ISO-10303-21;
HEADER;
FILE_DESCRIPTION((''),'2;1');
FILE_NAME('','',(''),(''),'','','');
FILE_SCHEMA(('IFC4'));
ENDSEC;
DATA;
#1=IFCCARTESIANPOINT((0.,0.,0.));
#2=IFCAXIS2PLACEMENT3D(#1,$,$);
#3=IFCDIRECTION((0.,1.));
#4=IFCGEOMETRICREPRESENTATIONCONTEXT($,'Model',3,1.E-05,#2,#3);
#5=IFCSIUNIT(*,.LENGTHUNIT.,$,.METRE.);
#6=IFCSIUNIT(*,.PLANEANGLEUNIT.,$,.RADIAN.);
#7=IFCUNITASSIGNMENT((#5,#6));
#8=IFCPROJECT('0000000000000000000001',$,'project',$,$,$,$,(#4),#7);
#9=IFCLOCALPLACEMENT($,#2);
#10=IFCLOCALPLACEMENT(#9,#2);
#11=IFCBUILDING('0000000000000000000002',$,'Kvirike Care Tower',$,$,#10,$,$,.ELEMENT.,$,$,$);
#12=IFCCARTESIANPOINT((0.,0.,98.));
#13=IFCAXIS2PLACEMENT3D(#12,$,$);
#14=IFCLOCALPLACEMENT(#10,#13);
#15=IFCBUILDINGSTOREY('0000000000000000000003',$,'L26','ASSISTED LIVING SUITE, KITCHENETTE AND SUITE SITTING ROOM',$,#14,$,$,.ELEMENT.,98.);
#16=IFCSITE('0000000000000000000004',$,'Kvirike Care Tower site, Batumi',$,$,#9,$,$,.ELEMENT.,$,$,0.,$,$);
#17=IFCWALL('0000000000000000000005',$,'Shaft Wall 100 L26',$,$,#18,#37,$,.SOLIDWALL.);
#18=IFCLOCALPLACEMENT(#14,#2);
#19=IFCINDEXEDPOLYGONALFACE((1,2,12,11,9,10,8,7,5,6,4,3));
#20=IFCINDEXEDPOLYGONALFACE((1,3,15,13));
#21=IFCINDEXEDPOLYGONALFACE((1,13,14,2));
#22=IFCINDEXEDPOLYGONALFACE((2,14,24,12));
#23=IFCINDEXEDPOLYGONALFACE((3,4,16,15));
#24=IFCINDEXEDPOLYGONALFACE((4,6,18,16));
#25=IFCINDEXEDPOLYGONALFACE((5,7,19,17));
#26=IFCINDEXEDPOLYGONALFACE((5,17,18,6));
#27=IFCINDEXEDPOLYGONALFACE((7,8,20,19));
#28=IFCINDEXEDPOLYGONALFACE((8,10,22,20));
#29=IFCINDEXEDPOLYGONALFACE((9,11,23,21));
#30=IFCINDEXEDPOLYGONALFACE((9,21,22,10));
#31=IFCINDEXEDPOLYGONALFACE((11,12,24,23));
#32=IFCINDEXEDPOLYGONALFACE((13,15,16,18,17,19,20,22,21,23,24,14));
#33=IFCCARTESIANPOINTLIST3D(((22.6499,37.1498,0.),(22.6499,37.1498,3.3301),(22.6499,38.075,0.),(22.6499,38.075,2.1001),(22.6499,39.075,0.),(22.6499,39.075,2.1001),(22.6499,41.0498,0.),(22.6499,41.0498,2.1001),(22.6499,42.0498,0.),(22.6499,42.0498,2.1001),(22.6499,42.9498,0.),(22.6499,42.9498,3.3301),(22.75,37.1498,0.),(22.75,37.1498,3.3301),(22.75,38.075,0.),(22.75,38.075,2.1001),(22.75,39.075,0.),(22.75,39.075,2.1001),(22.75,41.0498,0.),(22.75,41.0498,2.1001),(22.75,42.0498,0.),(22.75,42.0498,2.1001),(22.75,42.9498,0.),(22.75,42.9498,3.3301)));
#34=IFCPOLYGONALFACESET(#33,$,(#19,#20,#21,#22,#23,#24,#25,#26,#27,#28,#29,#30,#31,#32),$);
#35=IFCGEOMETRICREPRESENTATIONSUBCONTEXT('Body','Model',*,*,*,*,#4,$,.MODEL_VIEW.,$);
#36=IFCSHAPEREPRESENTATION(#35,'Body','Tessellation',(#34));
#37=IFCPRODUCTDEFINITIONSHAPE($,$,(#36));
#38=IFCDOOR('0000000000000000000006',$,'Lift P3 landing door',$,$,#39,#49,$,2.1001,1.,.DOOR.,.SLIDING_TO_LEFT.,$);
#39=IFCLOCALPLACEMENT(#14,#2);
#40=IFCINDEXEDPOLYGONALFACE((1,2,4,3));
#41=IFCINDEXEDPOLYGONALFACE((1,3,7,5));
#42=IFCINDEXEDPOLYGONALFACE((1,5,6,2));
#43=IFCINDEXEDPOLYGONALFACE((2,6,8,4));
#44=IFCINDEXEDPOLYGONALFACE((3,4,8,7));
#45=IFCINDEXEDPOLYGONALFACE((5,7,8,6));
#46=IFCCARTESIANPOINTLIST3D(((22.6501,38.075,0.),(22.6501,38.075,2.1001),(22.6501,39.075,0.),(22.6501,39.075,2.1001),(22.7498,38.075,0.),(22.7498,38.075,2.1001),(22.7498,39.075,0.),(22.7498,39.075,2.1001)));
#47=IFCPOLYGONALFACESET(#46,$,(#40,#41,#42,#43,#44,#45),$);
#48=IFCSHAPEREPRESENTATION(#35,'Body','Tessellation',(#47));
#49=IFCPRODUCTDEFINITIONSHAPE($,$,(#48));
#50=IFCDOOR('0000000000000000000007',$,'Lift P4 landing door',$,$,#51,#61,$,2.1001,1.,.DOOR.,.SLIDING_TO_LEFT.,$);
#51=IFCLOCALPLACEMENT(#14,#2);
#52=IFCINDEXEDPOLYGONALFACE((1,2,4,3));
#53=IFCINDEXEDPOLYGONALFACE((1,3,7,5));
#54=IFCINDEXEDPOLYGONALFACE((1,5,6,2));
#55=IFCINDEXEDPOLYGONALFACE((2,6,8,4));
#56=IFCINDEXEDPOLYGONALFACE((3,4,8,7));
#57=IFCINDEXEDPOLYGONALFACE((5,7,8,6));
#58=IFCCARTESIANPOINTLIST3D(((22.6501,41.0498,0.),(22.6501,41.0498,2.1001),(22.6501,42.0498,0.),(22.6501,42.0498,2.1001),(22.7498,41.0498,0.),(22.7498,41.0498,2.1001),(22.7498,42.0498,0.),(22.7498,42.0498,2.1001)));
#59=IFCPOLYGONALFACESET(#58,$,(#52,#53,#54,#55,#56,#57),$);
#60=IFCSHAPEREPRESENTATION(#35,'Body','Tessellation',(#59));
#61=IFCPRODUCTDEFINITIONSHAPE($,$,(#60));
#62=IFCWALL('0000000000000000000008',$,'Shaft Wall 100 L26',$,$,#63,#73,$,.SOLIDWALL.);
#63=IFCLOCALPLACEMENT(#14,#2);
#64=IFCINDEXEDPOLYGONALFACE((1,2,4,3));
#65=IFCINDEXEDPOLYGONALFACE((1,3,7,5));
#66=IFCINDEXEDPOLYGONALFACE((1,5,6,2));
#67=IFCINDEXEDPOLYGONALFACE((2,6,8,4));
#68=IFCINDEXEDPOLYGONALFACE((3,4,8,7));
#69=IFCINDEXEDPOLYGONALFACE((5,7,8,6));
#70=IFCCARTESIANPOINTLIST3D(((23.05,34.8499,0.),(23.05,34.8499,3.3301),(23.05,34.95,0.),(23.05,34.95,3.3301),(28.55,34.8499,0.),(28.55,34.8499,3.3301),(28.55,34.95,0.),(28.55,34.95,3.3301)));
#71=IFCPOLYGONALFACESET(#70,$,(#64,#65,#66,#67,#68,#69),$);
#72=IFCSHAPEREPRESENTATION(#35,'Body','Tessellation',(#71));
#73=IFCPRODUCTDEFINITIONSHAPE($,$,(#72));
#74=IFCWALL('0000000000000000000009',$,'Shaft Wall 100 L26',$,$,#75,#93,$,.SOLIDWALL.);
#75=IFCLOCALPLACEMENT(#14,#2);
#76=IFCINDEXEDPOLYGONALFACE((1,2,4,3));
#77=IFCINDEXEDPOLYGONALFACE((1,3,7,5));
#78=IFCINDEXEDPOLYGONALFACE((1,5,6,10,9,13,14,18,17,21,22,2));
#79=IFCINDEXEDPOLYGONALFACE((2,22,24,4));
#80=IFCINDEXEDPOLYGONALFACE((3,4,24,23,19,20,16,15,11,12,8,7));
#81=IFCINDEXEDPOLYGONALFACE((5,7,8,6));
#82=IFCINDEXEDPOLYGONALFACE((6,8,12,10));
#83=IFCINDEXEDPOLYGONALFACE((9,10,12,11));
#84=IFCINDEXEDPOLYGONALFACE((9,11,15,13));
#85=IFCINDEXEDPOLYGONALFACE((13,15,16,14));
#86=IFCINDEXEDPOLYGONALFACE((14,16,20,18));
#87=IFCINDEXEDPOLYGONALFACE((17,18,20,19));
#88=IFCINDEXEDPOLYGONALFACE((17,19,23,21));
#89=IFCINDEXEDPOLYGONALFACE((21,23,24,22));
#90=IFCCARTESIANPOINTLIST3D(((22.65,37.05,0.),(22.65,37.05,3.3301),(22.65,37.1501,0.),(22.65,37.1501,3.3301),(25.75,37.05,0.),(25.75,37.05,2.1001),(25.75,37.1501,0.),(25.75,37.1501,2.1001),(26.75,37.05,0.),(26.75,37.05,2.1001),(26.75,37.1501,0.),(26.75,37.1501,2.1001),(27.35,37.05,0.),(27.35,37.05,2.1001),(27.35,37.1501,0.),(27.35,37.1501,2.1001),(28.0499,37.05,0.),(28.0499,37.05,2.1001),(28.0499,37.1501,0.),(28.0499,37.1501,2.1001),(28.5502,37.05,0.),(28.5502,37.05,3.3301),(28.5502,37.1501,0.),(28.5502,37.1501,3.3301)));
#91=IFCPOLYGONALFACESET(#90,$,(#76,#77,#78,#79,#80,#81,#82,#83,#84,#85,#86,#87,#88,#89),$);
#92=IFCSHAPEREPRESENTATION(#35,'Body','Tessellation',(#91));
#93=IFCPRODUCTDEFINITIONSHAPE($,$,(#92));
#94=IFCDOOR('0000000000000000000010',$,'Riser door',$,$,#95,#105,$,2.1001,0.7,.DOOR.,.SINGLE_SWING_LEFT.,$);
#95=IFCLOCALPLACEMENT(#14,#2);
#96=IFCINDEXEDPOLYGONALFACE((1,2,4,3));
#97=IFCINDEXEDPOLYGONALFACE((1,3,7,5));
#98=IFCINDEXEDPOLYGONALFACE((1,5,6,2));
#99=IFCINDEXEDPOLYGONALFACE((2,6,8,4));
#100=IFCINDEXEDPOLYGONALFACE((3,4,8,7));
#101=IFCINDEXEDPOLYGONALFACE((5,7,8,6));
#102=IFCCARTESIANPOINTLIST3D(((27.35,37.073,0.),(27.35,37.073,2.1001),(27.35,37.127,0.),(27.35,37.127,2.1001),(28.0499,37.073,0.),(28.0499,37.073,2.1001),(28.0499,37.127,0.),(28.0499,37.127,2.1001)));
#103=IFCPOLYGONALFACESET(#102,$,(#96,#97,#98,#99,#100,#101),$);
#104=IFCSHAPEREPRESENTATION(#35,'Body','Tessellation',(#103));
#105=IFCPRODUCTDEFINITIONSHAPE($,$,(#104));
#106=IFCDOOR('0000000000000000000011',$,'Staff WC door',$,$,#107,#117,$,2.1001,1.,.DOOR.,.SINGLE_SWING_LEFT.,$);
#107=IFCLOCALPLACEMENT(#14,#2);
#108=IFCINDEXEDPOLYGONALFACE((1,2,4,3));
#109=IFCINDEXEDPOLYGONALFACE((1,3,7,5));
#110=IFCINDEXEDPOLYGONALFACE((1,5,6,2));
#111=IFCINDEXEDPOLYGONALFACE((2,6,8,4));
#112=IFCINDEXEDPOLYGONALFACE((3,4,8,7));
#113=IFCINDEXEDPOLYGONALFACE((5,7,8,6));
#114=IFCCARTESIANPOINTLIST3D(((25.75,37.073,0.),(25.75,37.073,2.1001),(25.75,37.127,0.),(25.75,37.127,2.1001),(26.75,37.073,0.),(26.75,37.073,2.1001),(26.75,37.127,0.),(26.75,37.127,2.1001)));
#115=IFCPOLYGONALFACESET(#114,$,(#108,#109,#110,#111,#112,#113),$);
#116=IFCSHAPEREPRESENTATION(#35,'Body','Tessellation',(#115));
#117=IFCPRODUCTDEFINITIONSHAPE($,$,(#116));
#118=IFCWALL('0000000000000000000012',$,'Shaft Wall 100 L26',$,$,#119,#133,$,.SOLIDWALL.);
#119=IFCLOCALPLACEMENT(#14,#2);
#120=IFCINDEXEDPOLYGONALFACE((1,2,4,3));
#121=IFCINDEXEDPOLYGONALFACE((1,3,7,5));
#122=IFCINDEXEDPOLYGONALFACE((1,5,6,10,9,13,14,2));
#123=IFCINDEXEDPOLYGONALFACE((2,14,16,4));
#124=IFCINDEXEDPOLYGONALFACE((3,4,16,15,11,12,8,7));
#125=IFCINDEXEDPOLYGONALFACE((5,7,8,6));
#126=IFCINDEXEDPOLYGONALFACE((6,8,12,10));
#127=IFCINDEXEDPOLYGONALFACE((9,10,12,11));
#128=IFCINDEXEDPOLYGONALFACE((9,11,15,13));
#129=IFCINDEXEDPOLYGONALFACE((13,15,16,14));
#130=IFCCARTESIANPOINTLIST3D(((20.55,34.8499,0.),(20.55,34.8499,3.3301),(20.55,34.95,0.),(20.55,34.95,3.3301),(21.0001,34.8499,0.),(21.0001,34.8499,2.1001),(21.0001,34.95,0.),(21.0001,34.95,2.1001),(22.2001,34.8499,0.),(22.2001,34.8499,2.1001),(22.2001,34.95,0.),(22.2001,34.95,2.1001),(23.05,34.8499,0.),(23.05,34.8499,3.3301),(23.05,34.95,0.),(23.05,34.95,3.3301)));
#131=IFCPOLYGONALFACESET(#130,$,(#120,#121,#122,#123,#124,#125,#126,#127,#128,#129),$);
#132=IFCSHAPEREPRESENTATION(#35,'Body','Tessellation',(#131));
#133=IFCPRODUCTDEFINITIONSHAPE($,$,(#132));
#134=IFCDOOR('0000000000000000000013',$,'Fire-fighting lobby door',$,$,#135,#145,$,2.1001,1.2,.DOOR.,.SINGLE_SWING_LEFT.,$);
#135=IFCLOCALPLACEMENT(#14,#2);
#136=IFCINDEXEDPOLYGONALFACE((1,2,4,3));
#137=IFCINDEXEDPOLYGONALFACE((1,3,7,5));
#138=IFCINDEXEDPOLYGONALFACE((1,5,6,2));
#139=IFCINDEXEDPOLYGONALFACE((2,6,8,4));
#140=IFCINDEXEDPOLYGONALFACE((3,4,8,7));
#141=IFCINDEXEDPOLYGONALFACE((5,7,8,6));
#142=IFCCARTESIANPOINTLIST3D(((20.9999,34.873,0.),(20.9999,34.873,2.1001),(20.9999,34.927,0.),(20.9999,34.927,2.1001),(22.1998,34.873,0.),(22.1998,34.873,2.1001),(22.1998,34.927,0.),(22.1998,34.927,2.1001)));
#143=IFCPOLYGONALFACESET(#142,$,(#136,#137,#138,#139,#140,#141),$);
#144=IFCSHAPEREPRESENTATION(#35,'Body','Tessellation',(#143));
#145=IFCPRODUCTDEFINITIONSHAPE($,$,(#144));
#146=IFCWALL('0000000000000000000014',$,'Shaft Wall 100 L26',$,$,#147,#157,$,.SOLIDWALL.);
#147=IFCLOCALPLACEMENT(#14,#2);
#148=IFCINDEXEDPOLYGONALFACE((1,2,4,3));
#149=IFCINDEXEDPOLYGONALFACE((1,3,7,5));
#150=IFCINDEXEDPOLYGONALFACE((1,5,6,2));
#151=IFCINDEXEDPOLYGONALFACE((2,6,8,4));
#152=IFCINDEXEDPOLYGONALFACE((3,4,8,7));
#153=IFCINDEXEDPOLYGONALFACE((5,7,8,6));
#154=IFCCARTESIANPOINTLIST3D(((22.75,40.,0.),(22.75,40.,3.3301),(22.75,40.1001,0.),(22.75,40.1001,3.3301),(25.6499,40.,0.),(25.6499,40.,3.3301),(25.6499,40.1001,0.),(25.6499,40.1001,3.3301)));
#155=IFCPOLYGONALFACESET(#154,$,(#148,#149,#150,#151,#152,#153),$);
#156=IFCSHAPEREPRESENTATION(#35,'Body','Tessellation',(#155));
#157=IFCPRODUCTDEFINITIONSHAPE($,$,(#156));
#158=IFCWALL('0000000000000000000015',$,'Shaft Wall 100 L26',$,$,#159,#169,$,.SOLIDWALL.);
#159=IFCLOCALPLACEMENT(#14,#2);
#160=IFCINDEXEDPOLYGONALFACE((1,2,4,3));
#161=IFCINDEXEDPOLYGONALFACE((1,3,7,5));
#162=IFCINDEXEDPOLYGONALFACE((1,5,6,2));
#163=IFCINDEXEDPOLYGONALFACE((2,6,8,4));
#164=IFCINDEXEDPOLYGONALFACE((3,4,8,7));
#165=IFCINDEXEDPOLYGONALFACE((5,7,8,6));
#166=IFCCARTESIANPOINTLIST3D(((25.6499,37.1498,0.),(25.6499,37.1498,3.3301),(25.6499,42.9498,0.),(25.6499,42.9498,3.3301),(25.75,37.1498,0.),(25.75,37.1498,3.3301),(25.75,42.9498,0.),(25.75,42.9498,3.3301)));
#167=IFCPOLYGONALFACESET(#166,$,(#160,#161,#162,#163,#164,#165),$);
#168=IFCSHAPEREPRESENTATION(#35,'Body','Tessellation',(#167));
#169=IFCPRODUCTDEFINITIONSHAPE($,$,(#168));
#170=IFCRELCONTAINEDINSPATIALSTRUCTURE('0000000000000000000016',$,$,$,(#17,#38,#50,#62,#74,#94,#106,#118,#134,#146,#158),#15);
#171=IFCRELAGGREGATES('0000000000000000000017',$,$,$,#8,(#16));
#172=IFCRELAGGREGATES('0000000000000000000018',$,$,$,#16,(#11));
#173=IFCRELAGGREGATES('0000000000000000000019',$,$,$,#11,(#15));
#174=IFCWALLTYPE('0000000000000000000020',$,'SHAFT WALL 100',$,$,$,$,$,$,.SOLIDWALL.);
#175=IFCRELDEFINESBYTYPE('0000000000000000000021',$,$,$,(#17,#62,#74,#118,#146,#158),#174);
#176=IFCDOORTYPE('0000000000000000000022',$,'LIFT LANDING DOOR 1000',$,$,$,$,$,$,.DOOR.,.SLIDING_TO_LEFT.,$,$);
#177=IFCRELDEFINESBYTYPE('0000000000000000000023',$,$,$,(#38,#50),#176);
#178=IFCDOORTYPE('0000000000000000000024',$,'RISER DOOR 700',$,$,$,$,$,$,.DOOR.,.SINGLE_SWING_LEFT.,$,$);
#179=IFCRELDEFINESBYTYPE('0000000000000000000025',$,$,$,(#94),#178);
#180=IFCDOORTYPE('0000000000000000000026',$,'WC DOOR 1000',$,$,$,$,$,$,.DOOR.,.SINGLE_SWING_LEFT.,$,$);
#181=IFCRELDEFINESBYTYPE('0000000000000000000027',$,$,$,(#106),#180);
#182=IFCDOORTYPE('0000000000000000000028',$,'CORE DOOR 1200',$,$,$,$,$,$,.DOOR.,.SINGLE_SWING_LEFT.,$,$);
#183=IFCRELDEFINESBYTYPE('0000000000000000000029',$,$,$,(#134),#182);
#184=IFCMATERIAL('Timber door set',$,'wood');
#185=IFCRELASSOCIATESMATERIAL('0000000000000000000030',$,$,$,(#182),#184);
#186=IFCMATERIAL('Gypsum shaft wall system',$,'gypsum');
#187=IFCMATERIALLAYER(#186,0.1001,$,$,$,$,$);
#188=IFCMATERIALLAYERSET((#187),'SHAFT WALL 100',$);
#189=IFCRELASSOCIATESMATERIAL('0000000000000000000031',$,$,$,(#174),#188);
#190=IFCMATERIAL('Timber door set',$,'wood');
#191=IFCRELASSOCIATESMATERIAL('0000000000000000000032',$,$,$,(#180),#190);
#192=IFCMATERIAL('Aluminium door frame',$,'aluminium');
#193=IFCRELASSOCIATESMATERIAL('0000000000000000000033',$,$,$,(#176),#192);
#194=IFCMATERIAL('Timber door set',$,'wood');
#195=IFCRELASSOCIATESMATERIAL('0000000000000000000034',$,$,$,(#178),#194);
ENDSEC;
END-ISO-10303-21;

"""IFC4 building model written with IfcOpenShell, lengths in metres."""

from ifc_helpers import new_model, si_unit, direction, frame, frame_2d, origin, place, context, subcontext, project, spatial, rectangle, extrude, material, layer, layer_set, type_object, element, fill, save


model = new_model("IFC4")

# Units and contexts
model_context = context("Model", 3, precision=1e-05, world=origin(), true_north=direction((0.0, 1.0)))
body_context = subcontext(model_context, "Body", "Model", "MODEL_VIEW")
ifc_project = project(units=[si_unit("LENGTHUNIT", "METRE"), si_unit("PLANEANGLEUNIT", "RADIAN")], contexts=[model_context])

# Site, building, storey
site_placement = place(None, origin())
site = spatial("IfcSite", under=ifc_project, at=site_placement, Name="Kvirike Care Tower site, Batumi", CompositionType="ELEMENT", RefElevation=0.0)
building_placement = place(site_placement, origin())
building = spatial("IfcBuilding", under=site, at=building_placement, Name="Kvirike Care Tower", CompositionType="ELEMENT")
storey_placement = place(building_placement, frame((0.0, 0.0, 98.0)))
storey = spatial("IfcBuildingStorey", under=building, at=storey_placement, Name="L26", Description="ASSISTED LIVING SUITE, KITCHENETTE AND SUITE SITTING ROOM", CompositionType="ELEMENT", Elevation=98.0)

# Shared definitions
ifc_material_1 = material(Name="Timber door set", Category="wood")
door_type_1 = type_object("IfcDoorType", Name="CORE DOOR 1200", OperationType="SINGLE_SWING_LEFT", PredefinedType="DOOR", material=ifc_material_1)

# Shared definitions
ifc_material_2 = material(Name="Gypsum shaft wall system", Category="gypsum")
ifc_layer_1 = layer(ifc_material_2, 0.1001)
ifc_layer_set_1 = layer_set([ifc_layer_1], Name="SHAFT WALL 100")
wall_type_1 = type_object("IfcWallType", Name="SHAFT WALL 100", PredefinedType="SOLIDWALL", material=ifc_layer_set_1)

# Shared definitions
ifc_material_3 = material(Name="Timber door set", Category="wood")
door_type_2 = type_object("IfcDoorType", Name="WC DOOR 1000", OperationType="SINGLE_SWING_LEFT", PredefinedType="DOOR", material=ifc_material_3)

# Wall, openings, doors
wall_1_placement = place(storey_placement, frame((22.7, 37.1499, 0.0), z_axis=(0.0, 0.0, 1.0), x_axis=(0.0, 1.0, 0.0)))
wall_1 = element("IfcWall", 1, at=wall_1_placement, inside=storey, type_object=wall_type_1, Name="Shaft Wall 100 L26", PredefinedType="SOLIDWALL", context=body_context, shape_type="SweptSolid", body=[
    extrude(rectangle(XDim=5.8, YDim=0.1001, at=frame_2d((2.8999, 0.0))), origin(), (0.0, 0.0, 1.0), 3.3301),
])
opening_1_placement = place(wall_1_placement, frame((0.925, 0.0, 0.0)))
opening_1 = element("IfcOpeningElement", 2, at=opening_1_placement, cuts=wall_1, PredefinedType="OPENING", context=body_context, shape_type="SweptSolid", body=[
    extrude(rectangle(XDim=1.0, YDim=2.1001, at=frame_2d((0.5, 1.05))), frame((0.0, 0.0605, 0.0), z_axis=(0.0, -1.0, 0.0), x_axis=(1.0, 0.0, 0.0)), (0.0, 0.0, 1.0), 0.1211),
])
opening_2_placement = place(wall_1_placement, frame((3.8999, 0.0, 0.0)))
opening_2 = element("IfcOpeningElement", 3, at=opening_2_placement, cuts=wall_1, PredefinedType="OPENING", context=body_context, shape_type="SweptSolid", body=[
    extrude(rectangle(XDim=1.0, YDim=2.1001, at=frame_2d((0.5, 1.05))), frame((0.0, 0.0605, 0.0), z_axis=(0.0, -1.0, 0.0), x_axis=(1.0, 0.0, 0.0)), (0.0, 0.0, 1.0), 0.1211),
])
ifc_material_4 = material(Name="Aluminium door frame", Category="aluminium")
door_type_3 = type_object("IfcDoorType", Name="LIFT LANDING DOOR 1000", OperationType="SLIDING_TO_LEFT", PredefinedType="DOOR", material=ifc_material_4)
door_1_placement = place(opening_1_placement, origin())
door_1 = element("IfcDoor", 4, at=door_1_placement, inside=storey, type_object=door_type_3, Name="Lift P3 landing door", OperationType="SLIDING_TO_LEFT", OverallHeight=2.1001, OverallWidth=1.0, PredefinedType="DOOR", context=body_context, shape_type="SweptSolid", body=[
    extrude(rectangle(XDim=1.0, YDim=2.1001, at=frame_2d((0.5, 1.05))), frame((0.0, 0.0498, 0.0), z_axis=(0.0, -1.0, 0.0), x_axis=(1.0, 0.0, 0.0)), (0.0, 0.0, 1.0), 0.0996),
])
fill(opening_1, door_1)
door_2_placement = place(opening_2_placement, origin())
door_2 = element("IfcDoor", 5, at=door_2_placement, inside=storey, type_object=door_type_3, Name="Lift P4 landing door", OperationType="SLIDING_TO_LEFT", OverallHeight=2.1001, OverallWidth=1.0, PredefinedType="DOOR", context=body_context, shape_type="SweptSolid", body=[
    extrude(rectangle(XDim=1.0, YDim=2.1001, at=frame_2d((0.5, 1.05))), frame((0.0, 0.0498, 0.0), z_axis=(0.0, -1.0, 0.0), x_axis=(1.0, 0.0, 0.0)), (0.0, 0.0, 1.0), 0.0996),
])
fill(opening_2, door_2)

# Wall
wall_2_placement = place(storey_placement, frame((23.05, 34.8999, 0.0), z_axis=(0.0, 0.0, 1.0), x_axis=(1.0, 0.0, 0.0)))
element("IfcWall", 6, at=wall_2_placement, inside=storey, type_object=wall_type_1, Name="Shaft Wall 100 L26", PredefinedType="SOLIDWALL", context=body_context, shape_type="SweptSolid", body=[
    extrude(rectangle(XDim=5.5, YDim=0.1001, at=frame_2d((2.75, 0.0))), origin(), (0.0, 0.0, 1.0), 3.3301),
])

# Wall, openings, doors
wall_3_placement = place(storey_placement, frame((22.6499, 37.1001, 0.0), z_axis=(0.0, 0.0, 1.0), x_axis=(1.0, 0.0, 0.0)))
wall_3 = element("IfcWall", 7, at=wall_3_placement, inside=storey, type_object=wall_type_1, Name="Shaft Wall 100 L26", PredefinedType="SOLIDWALL", context=body_context, shape_type="SweptSolid", body=[
    extrude(rectangle(XDim=5.9001, YDim=0.1001, at=frame_2d((2.9502, 0.0))), origin(), (0.0, 0.0, 1.0), 3.3301),
])
opening_3_placement = place(wall_3_placement, frame((3.1001, 0.0, 0.0)))
opening_3 = element("IfcOpeningElement", 8, at=opening_3_placement, cuts=wall_3, PredefinedType="OPENING", context=body_context, shape_type="SweptSolid", body=[
    extrude(rectangle(XDim=1.0, YDim=2.1001, at=frame_2d((0.5, 1.05))), frame((0.0, 0.0605, 0.0), z_axis=(0.0, -1.0, 0.0), x_axis=(1.0, 0.0, 0.0)), (0.0, 0.0, 1.0), 0.1211),
])
opening_4_placement = place(wall_3_placement, frame((4.7, 0.0, 0.0)))
opening_4 = element("IfcOpeningElement", 9, at=opening_4_placement, cuts=wall_3, PredefinedType="OPENING", context=body_context, shape_type="SweptSolid", body=[
    extrude(rectangle(XDim=0.7, YDim=2.1001, at=frame_2d((0.3501, 1.05))), frame((0.0, 0.0605, 0.0), z_axis=(0.0, -1.0, 0.0), x_axis=(1.0, 0.0, 0.0)), (0.0, 0.0, 1.0), 0.1211),
])
ifc_material_5 = material(Name="Timber door set", Category="wood")
door_type_4 = type_object("IfcDoorType", Name="RISER DOOR 700", OperationType="SINGLE_SWING_LEFT", PredefinedType="DOOR", material=ifc_material_5)
door_3_placement = place(opening_4_placement, origin())
door_3 = element("IfcDoor", 10, at=door_3_placement, inside=storey, type_object=door_type_4, Name="Riser door", OperationType="SINGLE_SWING_LEFT", OverallHeight=2.1001, OverallWidth=0.7, PredefinedType="DOOR", context=body_context, shape_type="SweptSolid", body=[
    extrude(rectangle(XDim=0.7, YDim=2.1001, at=frame_2d((0.3501, 1.05))), frame((0.0, 0.0269, 0.0), z_axis=(0.0, -1.0, 0.0), x_axis=(1.0, 0.0, 0.0)), (0.0, 0.0, 1.0), 0.054),
])
fill(opening_4, door_3)
door_4_placement = place(opening_3_placement, origin())
door_4 = element("IfcDoor", 11, at=door_4_placement, inside=storey, type_object=door_type_2, Name="Staff WC door", OperationType="SINGLE_SWING_LEFT", OverallHeight=2.1001, OverallWidth=1.0, PredefinedType="DOOR", context=body_context, shape_type="SweptSolid", body=[
    extrude(rectangle(XDim=1.0, YDim=2.1001, at=frame_2d((0.5, 1.05))), frame((0.0, 0.0269, 0.0), z_axis=(0.0, -1.0, 0.0), x_axis=(1.0, 0.0, 0.0)), (0.0, 0.0, 1.0), 0.054),
])
fill(opening_3, door_4)

# Wall, opening, door
wall_4_placement = place(storey_placement, frame((20.55, 34.8999, 0.0), z_axis=(0.0, 0.0, 1.0), x_axis=(1.0, 0.0, 0.0)))
wall_4 = element("IfcWall", 12, at=wall_4_placement, inside=storey, type_object=wall_type_1, Name="Shaft Wall 100 L26", PredefinedType="SOLIDWALL", context=body_context, shape_type="SweptSolid", body=[
    extrude(rectangle(XDim=2.5, YDim=0.1001, at=frame_2d((1.25, 0.0))), origin(), (0.0, 0.0, 1.0), 3.3301),
])
opening_5_placement = place(wall_4_placement, frame((0.45, 0.0, 0.0)))
opening_5 = element("IfcOpeningElement", 13, at=opening_5_placement, cuts=wall_4, PredefinedType="OPENING", context=body_context, shape_type="SweptSolid", body=[
    extrude(rectangle(XDim=1.2, YDim=2.1001, at=frame_2d((0.6001, 1.05))), frame((0.0, 0.0605, 0.0), z_axis=(0.0, -1.0, 0.0), x_axis=(1.0, 0.0, 0.0)), (0.0, 0.0, 1.0), 0.1211),
])
door_5_placement = place(opening_5_placement, frame((1.2, 0.0, 0.0), z_axis=(0.0, 0.0, 1.0), x_axis=(-1.0, 0.0, 0.0)))
door_5 = element("IfcDoor", 14, at=door_5_placement, inside=storey, type_object=door_type_1, Name="Fire-fighting lobby door", OperationType="SINGLE_SWING_LEFT", OverallHeight=2.1001, OverallWidth=1.2, PredefinedType="DOOR", context=body_context, shape_type="SweptSolid", body=[
    extrude(rectangle(XDim=1.2, YDim=2.1001, at=frame_2d((0.6001, 1.05))), frame((0.0, 0.0269, 0.0), z_axis=(0.0, -1.0, 0.0), x_axis=(1.0, 0.0, 0.0)), (0.0, 0.0, 1.0), 0.054),
])
fill(opening_5, door_5)

# Walls
wall_5_placement = place(storey_placement, frame((22.75, 40.05, 0.0), z_axis=(0.0, 0.0, 1.0), x_axis=(1.0, 0.0, 0.0)))
element("IfcWall", 15, at=wall_5_placement, inside=storey, type_object=wall_type_1, Name="Shaft Wall 100 L26", PredefinedType="SOLIDWALL", context=body_context, shape_type="SweptSolid", body=[
    extrude(rectangle(XDim=2.8999, YDim=0.1001, at=frame_2d((1.45, 0.0))), origin(), (0.0, 0.0, 1.0), 3.3301),
])
wall_6_placement = place(storey_placement, frame((25.7, 37.1499, 0.0), z_axis=(0.0, 0.0, 1.0), x_axis=(0.0, 1.0, 0.0)))
element("IfcWall", 16, at=wall_6_placement, inside=storey, type_object=wall_type_1, Name="Shaft Wall 100 L26", PredefinedType="SOLIDWALL", context=body_context, shape_type="SweptSolid", body=[
    extrude(rectangle(XDim=5.8, YDim=0.1001, at=frame_2d((2.8999, 0.0))), origin(), (0.0, 0.0, 1.0), 3.3301),
])

save(model, "model.ifc")
